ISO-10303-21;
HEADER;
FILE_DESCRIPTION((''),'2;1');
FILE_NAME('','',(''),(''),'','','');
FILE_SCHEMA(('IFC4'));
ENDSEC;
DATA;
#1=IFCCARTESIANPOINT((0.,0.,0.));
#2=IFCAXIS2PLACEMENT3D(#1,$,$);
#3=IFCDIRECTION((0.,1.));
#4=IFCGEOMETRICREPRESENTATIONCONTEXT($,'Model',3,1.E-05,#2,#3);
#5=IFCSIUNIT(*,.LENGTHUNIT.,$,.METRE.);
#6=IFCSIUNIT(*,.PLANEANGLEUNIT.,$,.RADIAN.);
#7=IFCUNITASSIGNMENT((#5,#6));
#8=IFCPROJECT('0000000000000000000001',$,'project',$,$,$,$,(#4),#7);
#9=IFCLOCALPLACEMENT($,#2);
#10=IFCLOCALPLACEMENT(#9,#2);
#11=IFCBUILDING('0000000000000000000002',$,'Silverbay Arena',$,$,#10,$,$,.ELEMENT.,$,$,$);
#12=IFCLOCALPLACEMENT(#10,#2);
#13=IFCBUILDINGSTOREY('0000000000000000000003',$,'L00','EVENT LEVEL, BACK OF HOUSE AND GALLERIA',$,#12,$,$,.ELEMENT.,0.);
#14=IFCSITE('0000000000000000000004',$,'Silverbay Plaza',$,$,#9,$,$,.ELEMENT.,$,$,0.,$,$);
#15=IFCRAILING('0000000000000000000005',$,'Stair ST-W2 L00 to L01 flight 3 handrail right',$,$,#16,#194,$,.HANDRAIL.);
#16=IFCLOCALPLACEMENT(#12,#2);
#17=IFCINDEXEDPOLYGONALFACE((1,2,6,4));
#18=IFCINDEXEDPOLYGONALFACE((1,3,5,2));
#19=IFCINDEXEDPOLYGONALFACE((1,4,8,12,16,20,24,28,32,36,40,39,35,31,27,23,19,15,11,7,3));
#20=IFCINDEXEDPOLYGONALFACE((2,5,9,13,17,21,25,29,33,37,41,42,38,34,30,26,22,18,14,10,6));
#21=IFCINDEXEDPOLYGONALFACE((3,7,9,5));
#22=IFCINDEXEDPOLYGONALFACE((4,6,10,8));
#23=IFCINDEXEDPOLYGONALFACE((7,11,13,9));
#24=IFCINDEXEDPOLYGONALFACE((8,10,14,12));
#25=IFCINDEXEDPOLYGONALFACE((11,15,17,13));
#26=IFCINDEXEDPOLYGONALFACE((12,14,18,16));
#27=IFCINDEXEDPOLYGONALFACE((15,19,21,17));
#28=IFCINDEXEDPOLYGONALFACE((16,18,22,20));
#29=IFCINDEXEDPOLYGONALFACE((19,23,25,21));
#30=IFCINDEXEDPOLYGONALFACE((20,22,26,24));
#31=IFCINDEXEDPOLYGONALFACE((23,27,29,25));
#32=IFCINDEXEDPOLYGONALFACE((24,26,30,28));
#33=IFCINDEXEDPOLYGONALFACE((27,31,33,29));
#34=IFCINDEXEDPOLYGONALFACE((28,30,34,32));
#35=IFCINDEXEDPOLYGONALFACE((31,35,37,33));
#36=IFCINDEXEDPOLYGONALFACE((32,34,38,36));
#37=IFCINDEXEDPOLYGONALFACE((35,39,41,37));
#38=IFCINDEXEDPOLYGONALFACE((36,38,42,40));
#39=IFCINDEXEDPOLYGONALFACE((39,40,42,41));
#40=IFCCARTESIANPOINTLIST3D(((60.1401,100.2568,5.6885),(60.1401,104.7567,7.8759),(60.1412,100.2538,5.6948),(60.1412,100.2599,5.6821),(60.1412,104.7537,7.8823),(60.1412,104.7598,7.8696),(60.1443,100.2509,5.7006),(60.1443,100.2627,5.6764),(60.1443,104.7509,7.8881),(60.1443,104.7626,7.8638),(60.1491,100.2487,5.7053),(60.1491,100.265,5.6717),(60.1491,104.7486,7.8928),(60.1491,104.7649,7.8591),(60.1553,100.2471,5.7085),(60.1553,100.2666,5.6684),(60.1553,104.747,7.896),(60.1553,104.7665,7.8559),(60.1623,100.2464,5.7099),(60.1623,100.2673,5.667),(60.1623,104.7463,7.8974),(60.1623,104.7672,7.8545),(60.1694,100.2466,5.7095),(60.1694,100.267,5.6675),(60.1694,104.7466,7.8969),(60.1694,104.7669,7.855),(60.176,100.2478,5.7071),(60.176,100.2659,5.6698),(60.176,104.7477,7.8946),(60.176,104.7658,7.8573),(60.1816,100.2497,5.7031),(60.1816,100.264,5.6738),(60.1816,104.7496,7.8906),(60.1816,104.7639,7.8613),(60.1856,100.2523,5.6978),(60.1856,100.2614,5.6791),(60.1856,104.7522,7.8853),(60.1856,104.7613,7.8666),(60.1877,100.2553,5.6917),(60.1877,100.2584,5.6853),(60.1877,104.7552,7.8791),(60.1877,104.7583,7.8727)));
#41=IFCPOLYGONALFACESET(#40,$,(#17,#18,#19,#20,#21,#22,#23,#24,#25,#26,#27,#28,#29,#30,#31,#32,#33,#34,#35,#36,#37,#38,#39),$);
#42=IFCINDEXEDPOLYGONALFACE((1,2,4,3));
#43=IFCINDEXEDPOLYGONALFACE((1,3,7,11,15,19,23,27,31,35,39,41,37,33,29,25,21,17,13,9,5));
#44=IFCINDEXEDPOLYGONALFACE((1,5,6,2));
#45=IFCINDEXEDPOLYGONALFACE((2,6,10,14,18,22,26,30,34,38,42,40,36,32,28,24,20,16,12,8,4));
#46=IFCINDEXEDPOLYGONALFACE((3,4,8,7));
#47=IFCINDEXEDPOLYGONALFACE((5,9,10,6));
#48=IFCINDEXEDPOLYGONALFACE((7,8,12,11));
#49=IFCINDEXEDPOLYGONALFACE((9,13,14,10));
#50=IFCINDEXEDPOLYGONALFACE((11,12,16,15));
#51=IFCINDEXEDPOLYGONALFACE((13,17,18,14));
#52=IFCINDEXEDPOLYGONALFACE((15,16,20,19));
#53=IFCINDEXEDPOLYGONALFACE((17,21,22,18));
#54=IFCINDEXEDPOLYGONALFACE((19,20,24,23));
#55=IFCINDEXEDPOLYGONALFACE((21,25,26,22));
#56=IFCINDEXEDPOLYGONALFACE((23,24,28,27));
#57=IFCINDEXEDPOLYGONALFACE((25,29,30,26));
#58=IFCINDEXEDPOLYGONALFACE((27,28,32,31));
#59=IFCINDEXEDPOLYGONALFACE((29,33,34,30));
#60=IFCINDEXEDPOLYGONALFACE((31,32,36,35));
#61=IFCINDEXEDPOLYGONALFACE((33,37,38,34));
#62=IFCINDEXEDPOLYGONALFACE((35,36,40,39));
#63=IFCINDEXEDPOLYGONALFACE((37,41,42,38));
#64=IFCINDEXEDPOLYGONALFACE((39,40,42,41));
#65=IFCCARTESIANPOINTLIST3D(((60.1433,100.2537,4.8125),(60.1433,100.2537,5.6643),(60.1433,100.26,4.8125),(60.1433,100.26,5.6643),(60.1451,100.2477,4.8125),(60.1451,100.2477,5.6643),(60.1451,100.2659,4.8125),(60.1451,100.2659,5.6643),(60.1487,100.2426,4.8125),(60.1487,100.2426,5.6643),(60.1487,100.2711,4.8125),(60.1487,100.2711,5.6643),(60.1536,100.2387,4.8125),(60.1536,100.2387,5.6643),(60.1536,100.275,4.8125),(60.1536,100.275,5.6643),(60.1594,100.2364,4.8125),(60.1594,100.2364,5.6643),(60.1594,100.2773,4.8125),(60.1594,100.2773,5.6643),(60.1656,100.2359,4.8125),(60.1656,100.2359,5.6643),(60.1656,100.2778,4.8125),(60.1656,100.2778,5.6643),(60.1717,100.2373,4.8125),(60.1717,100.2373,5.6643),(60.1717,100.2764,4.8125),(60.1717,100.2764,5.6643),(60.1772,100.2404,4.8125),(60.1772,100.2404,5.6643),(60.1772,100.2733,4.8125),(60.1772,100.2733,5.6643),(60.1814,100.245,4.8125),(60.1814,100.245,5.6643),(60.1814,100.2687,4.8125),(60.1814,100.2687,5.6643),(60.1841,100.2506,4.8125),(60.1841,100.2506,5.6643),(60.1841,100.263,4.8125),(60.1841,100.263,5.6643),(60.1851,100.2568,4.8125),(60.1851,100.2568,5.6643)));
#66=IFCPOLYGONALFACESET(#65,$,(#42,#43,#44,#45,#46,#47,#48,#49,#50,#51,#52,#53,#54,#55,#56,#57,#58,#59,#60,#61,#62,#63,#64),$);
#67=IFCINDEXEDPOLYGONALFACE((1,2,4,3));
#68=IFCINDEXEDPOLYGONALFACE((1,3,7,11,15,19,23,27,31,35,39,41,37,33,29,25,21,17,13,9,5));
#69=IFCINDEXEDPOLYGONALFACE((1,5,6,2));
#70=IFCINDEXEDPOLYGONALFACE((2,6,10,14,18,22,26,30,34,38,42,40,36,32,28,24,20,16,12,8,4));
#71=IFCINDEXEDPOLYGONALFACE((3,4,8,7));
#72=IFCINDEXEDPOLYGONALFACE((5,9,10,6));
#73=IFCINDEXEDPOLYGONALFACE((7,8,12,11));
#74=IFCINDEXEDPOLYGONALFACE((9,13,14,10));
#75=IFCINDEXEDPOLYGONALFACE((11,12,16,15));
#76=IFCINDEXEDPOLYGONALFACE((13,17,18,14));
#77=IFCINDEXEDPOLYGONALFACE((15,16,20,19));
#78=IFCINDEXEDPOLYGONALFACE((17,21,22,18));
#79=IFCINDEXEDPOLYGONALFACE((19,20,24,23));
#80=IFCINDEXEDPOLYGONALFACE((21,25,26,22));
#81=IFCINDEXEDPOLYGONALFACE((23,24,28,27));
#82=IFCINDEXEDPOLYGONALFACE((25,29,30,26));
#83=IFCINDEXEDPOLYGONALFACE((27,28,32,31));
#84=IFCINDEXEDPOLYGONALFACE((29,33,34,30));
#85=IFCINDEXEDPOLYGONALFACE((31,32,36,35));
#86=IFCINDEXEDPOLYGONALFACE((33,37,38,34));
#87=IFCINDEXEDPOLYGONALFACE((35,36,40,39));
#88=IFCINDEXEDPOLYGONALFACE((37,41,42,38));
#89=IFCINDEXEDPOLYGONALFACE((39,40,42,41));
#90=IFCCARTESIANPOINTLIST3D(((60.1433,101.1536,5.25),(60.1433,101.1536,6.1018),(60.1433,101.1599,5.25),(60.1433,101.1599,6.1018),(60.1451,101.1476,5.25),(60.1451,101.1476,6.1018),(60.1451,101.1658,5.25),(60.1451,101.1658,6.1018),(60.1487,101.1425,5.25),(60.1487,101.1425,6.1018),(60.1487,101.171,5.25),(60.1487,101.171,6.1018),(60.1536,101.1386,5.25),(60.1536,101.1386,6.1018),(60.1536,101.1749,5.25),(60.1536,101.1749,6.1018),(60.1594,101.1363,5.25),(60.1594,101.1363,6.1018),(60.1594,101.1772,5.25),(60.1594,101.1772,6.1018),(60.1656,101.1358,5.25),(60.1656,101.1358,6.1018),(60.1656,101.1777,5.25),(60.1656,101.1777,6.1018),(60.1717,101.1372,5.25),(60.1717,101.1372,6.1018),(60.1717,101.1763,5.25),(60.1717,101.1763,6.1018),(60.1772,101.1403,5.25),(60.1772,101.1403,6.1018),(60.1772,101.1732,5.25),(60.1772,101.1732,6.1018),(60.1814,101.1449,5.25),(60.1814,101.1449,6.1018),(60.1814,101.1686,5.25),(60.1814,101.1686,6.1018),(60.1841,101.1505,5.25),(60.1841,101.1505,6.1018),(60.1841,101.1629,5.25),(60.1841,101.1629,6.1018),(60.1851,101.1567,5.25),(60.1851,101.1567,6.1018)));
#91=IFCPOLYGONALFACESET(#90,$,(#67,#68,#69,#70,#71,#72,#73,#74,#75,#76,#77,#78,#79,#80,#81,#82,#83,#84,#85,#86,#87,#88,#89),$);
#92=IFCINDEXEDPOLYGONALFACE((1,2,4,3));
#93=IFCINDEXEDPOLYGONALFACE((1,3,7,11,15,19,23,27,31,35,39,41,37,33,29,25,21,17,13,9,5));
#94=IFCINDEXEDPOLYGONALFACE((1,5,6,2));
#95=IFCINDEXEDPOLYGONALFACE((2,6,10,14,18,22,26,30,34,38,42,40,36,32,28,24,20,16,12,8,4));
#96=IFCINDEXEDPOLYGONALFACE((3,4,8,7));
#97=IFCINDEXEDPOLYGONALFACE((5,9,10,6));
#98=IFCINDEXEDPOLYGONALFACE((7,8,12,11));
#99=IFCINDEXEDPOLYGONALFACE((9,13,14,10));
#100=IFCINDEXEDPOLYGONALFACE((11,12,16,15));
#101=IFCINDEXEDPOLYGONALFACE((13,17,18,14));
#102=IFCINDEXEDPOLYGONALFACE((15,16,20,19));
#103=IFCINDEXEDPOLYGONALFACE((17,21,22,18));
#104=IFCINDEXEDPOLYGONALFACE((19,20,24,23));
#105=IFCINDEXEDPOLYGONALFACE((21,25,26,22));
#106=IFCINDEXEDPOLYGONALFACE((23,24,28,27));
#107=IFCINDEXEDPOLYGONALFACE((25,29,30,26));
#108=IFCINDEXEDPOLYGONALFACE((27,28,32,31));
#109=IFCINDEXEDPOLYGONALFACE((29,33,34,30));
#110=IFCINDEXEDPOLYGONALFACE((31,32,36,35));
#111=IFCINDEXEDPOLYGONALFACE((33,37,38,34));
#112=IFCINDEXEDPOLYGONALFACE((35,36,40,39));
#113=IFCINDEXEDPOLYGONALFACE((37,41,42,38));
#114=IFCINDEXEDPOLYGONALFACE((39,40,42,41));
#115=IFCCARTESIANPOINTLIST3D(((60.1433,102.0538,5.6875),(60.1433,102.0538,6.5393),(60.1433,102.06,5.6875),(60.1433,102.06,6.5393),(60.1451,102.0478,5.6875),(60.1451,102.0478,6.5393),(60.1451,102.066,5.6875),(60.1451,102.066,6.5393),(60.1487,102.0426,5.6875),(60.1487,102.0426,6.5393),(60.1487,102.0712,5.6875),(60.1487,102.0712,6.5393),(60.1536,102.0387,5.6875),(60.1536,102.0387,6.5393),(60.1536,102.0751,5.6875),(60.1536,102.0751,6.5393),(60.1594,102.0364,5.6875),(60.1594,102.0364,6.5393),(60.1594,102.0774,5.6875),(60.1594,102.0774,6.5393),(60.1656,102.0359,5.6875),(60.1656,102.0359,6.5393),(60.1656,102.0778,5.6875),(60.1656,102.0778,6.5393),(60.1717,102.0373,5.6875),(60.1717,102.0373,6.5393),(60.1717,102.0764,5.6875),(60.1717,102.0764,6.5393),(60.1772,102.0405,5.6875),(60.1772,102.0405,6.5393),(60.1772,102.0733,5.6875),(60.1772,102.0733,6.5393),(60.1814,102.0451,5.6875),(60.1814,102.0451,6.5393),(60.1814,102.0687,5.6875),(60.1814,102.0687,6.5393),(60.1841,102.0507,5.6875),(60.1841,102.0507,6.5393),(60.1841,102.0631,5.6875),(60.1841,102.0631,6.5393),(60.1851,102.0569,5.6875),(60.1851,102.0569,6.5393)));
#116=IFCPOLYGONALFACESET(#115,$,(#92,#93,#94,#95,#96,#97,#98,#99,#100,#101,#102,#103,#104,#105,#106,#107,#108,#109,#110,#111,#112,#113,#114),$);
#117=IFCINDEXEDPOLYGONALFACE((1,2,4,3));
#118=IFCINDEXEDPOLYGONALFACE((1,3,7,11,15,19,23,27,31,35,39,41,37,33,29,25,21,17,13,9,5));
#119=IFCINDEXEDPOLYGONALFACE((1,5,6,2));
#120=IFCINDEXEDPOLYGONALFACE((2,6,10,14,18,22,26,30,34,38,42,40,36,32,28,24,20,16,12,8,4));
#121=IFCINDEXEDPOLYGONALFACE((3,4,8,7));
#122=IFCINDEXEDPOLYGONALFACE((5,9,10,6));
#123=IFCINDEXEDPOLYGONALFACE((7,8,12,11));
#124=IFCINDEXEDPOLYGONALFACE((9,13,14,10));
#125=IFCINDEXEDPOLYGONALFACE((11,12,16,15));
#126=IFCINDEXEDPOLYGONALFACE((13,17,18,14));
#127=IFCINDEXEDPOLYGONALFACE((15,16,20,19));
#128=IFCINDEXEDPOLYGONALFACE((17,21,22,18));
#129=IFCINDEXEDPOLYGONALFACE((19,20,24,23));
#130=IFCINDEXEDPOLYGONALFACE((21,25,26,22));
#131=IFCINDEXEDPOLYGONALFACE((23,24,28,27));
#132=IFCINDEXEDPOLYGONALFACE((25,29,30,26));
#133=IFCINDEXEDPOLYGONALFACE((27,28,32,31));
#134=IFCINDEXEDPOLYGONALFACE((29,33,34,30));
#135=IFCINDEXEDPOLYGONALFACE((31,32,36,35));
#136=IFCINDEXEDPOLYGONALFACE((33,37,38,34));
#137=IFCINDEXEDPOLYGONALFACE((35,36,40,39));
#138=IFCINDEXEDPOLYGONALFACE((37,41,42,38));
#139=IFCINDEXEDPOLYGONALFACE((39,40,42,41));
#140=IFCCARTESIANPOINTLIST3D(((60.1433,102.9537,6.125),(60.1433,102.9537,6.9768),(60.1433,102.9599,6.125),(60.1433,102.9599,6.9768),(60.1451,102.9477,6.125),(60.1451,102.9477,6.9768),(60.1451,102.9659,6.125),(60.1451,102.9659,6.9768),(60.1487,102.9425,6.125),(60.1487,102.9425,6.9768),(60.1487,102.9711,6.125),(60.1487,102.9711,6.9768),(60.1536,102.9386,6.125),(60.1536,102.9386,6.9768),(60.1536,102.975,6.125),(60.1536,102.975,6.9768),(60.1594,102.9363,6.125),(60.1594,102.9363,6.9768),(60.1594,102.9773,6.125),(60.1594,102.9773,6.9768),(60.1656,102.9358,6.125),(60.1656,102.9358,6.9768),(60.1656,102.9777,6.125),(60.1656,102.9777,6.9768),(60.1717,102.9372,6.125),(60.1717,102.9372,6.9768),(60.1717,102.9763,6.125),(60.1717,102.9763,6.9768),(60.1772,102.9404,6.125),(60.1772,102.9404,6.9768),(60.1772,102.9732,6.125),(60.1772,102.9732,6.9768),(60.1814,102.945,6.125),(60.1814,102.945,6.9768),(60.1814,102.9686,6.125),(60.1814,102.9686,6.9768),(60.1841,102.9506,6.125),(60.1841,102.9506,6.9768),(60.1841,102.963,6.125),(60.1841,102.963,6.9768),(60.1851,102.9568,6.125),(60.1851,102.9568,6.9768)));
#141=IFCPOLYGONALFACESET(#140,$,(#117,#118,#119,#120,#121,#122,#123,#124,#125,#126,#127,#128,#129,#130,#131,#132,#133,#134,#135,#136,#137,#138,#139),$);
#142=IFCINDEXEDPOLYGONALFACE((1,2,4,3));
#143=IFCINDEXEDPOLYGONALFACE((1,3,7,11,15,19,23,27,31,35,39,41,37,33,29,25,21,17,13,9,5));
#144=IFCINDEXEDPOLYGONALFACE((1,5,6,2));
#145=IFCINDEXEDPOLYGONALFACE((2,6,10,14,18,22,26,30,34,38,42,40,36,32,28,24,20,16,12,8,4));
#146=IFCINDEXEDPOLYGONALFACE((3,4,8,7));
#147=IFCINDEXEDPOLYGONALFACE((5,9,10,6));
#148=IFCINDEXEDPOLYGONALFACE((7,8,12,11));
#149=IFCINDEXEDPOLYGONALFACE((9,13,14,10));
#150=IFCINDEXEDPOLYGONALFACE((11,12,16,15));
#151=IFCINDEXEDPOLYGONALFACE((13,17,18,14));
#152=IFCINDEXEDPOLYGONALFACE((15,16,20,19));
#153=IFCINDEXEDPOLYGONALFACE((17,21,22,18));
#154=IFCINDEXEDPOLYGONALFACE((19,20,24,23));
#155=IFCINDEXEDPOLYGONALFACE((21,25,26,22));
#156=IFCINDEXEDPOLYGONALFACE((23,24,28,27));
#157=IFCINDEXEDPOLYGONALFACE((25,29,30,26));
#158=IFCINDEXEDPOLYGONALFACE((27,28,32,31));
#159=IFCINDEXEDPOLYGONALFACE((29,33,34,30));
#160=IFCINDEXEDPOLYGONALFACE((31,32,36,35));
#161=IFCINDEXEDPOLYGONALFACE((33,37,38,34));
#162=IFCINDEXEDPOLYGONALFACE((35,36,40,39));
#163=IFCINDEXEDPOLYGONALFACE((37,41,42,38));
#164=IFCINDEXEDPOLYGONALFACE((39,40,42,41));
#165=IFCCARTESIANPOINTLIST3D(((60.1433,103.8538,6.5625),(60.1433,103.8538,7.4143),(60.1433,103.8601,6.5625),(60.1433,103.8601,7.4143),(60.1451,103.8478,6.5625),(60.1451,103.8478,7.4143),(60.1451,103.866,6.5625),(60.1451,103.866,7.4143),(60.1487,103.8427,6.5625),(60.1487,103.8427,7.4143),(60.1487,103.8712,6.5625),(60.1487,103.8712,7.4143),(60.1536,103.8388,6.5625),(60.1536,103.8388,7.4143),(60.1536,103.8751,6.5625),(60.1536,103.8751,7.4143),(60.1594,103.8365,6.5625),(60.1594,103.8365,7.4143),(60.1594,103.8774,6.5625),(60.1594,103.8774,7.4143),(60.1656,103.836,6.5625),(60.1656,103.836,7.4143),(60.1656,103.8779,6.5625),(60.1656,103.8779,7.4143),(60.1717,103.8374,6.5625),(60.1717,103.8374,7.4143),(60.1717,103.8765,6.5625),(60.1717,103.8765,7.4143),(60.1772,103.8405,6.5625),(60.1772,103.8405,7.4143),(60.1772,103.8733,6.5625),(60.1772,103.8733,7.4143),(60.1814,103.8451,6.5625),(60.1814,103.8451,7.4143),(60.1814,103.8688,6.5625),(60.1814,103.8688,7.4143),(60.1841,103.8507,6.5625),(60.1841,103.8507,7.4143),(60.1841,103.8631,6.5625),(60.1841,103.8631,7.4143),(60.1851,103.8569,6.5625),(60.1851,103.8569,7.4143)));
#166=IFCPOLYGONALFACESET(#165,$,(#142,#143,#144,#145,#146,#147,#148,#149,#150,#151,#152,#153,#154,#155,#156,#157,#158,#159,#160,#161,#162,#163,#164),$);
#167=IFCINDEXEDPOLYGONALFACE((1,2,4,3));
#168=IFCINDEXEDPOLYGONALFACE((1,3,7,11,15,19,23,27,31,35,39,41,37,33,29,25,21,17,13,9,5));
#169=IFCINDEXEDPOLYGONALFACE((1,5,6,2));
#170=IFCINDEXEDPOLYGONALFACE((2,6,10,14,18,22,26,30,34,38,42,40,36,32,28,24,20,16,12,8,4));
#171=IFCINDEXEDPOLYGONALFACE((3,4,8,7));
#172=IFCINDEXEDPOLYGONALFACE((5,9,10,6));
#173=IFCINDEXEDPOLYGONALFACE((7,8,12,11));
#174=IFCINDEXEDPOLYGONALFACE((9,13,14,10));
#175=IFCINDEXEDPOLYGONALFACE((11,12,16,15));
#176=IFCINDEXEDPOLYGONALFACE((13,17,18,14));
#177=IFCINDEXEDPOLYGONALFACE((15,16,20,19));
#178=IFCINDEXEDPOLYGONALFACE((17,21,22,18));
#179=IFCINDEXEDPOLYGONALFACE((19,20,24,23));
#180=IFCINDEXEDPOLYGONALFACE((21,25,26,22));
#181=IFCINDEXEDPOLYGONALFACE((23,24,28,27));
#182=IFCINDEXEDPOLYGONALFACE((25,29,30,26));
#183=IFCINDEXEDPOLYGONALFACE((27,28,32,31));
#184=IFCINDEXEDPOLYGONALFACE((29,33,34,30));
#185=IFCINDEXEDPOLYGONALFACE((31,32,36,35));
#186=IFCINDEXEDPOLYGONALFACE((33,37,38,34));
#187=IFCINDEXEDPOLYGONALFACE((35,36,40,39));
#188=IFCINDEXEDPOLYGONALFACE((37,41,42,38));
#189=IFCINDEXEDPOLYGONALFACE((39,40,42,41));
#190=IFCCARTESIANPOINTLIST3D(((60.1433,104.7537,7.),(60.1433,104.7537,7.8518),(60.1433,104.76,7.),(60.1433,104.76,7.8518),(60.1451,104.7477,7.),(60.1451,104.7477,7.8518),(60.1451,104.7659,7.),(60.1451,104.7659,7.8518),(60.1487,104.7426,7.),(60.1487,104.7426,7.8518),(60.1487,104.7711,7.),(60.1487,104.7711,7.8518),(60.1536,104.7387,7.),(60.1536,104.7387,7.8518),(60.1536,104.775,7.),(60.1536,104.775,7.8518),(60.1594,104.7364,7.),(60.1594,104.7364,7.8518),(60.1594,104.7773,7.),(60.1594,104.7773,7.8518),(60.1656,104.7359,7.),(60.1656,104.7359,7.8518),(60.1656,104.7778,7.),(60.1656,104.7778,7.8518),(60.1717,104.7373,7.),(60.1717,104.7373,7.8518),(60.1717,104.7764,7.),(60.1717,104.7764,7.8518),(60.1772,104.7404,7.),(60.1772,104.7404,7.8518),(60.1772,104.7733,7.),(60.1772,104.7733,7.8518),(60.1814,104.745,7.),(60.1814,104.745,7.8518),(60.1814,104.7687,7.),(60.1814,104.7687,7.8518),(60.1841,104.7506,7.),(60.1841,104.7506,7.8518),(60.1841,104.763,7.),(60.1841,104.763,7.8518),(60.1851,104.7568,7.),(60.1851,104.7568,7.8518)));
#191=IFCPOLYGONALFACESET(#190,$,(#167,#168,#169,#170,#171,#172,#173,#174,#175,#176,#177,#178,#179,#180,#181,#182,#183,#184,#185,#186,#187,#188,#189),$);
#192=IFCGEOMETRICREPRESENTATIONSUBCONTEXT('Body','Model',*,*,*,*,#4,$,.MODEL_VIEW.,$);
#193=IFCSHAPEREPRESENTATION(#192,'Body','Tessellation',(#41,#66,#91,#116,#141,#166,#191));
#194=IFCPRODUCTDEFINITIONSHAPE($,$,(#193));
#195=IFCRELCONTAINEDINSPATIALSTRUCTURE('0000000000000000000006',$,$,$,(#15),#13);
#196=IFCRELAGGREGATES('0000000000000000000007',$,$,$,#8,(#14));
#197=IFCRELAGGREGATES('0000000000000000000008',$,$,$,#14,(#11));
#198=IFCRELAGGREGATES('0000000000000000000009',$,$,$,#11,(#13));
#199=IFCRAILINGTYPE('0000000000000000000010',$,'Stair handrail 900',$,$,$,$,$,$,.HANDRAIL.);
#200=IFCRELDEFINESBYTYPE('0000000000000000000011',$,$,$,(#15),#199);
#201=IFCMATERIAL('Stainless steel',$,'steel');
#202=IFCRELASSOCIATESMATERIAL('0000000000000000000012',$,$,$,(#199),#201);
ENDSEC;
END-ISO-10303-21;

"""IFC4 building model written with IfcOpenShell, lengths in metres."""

from ifc_helpers import new_model, si_unit, direction, frame, origin, origin_2d, place, context, subcontext, project, spatial, circle, extrude, material, type_object, element, save


model = new_model("IFC4")

# Units and contexts
model_context = context("Model", 3, precision=1e-05, world=origin(), true_north=direction((0.0, 1.0)))
body_context = subcontext(model_context, "Body", "Model", "MODEL_VIEW")
ifc_project = project(units=[si_unit("LENGTHUNIT", "METRE"), si_unit("PLANEANGLEUNIT", "RADIAN")], contexts=[model_context])

# Site, building, storey
site_placement = place(None, origin())
site = spatial("IfcSite", under=ifc_project, at=site_placement, Name="Silverbay Plaza", CompositionType="ELEMENT", RefElevation=0.0)
building_placement = place(site_placement, origin())
building = spatial("IfcBuilding", under=site, at=building_placement, Name="Silverbay Arena", CompositionType="ELEMENT")
storey_placement = place(building_placement, origin())
storey = spatial("IfcBuildingStorey", under=building, at=storey_placement, Name="L00", Description="EVENT LEVEL, BACK OF HOUSE AND GALLERIA", CompositionType="ELEMENT", Elevation=0.0)

# Railing
ifc_material_1 = material(Name="Stainless steel", Category="steel")
railing_type_1 = type_object("IfcRailingType", Name="Stair handrail 900", PredefinedType="HANDRAIL", material=ifc_material_1)
for number, where, name in (
    (1, (60.1641, 100.2568, 4.8125), "Stair ST-W2 L00 to L01 flight 3 handrail right"),
):
    element("IfcRailing", number, at=place(storey_placement, frame(where)), inside=storey, type_object=railing_type_1, Name=name, PredefinedType="HANDRAIL", context=body_context, shape_type="SweptSolid", body=[
        extrude(circle(Radius=0.0239, at=origin_2d()), frame((0.0, 0.0, 0.876), z_axis=(0.0, 0.899368, 0.437193), x_axis=(-1.0, 0.0, 0.0)), (0.0, 0.0, 1.0), 5.0034),
        extrude(circle(Radius=0.021, at=origin_2d()), origin(), (0.0, 0.0, 1.0), 0.8518),
        extrude(circle(Radius=0.021, at=origin_2d()), frame((0.0, 0.8999, 0.4375)), (0.0, 0.0, 1.0), 0.8518),
        extrude(circle(Radius=0.021, at=origin_2d()), frame((0.0, 1.8, 0.875)), (0.0, 0.0, 1.0), 0.8518),
        extrude(circle(Radius=0.021, at=origin_2d()), frame((0.0, 2.7, 1.3125)), (0.0, 0.0, 1.0), 0.8518),
        extrude(circle(Radius=0.021, at=origin_2d()), frame((0.0, 3.6001, 1.75)), (0.0, 0.0, 1.0), 0.8518),
        extrude(circle(Radius=0.021, at=origin_2d()), frame((0.0, 4.5, 2.1875)), (0.0, 0.0, 1.0), 0.8518),
    ])

save(model, "model.ifc")
